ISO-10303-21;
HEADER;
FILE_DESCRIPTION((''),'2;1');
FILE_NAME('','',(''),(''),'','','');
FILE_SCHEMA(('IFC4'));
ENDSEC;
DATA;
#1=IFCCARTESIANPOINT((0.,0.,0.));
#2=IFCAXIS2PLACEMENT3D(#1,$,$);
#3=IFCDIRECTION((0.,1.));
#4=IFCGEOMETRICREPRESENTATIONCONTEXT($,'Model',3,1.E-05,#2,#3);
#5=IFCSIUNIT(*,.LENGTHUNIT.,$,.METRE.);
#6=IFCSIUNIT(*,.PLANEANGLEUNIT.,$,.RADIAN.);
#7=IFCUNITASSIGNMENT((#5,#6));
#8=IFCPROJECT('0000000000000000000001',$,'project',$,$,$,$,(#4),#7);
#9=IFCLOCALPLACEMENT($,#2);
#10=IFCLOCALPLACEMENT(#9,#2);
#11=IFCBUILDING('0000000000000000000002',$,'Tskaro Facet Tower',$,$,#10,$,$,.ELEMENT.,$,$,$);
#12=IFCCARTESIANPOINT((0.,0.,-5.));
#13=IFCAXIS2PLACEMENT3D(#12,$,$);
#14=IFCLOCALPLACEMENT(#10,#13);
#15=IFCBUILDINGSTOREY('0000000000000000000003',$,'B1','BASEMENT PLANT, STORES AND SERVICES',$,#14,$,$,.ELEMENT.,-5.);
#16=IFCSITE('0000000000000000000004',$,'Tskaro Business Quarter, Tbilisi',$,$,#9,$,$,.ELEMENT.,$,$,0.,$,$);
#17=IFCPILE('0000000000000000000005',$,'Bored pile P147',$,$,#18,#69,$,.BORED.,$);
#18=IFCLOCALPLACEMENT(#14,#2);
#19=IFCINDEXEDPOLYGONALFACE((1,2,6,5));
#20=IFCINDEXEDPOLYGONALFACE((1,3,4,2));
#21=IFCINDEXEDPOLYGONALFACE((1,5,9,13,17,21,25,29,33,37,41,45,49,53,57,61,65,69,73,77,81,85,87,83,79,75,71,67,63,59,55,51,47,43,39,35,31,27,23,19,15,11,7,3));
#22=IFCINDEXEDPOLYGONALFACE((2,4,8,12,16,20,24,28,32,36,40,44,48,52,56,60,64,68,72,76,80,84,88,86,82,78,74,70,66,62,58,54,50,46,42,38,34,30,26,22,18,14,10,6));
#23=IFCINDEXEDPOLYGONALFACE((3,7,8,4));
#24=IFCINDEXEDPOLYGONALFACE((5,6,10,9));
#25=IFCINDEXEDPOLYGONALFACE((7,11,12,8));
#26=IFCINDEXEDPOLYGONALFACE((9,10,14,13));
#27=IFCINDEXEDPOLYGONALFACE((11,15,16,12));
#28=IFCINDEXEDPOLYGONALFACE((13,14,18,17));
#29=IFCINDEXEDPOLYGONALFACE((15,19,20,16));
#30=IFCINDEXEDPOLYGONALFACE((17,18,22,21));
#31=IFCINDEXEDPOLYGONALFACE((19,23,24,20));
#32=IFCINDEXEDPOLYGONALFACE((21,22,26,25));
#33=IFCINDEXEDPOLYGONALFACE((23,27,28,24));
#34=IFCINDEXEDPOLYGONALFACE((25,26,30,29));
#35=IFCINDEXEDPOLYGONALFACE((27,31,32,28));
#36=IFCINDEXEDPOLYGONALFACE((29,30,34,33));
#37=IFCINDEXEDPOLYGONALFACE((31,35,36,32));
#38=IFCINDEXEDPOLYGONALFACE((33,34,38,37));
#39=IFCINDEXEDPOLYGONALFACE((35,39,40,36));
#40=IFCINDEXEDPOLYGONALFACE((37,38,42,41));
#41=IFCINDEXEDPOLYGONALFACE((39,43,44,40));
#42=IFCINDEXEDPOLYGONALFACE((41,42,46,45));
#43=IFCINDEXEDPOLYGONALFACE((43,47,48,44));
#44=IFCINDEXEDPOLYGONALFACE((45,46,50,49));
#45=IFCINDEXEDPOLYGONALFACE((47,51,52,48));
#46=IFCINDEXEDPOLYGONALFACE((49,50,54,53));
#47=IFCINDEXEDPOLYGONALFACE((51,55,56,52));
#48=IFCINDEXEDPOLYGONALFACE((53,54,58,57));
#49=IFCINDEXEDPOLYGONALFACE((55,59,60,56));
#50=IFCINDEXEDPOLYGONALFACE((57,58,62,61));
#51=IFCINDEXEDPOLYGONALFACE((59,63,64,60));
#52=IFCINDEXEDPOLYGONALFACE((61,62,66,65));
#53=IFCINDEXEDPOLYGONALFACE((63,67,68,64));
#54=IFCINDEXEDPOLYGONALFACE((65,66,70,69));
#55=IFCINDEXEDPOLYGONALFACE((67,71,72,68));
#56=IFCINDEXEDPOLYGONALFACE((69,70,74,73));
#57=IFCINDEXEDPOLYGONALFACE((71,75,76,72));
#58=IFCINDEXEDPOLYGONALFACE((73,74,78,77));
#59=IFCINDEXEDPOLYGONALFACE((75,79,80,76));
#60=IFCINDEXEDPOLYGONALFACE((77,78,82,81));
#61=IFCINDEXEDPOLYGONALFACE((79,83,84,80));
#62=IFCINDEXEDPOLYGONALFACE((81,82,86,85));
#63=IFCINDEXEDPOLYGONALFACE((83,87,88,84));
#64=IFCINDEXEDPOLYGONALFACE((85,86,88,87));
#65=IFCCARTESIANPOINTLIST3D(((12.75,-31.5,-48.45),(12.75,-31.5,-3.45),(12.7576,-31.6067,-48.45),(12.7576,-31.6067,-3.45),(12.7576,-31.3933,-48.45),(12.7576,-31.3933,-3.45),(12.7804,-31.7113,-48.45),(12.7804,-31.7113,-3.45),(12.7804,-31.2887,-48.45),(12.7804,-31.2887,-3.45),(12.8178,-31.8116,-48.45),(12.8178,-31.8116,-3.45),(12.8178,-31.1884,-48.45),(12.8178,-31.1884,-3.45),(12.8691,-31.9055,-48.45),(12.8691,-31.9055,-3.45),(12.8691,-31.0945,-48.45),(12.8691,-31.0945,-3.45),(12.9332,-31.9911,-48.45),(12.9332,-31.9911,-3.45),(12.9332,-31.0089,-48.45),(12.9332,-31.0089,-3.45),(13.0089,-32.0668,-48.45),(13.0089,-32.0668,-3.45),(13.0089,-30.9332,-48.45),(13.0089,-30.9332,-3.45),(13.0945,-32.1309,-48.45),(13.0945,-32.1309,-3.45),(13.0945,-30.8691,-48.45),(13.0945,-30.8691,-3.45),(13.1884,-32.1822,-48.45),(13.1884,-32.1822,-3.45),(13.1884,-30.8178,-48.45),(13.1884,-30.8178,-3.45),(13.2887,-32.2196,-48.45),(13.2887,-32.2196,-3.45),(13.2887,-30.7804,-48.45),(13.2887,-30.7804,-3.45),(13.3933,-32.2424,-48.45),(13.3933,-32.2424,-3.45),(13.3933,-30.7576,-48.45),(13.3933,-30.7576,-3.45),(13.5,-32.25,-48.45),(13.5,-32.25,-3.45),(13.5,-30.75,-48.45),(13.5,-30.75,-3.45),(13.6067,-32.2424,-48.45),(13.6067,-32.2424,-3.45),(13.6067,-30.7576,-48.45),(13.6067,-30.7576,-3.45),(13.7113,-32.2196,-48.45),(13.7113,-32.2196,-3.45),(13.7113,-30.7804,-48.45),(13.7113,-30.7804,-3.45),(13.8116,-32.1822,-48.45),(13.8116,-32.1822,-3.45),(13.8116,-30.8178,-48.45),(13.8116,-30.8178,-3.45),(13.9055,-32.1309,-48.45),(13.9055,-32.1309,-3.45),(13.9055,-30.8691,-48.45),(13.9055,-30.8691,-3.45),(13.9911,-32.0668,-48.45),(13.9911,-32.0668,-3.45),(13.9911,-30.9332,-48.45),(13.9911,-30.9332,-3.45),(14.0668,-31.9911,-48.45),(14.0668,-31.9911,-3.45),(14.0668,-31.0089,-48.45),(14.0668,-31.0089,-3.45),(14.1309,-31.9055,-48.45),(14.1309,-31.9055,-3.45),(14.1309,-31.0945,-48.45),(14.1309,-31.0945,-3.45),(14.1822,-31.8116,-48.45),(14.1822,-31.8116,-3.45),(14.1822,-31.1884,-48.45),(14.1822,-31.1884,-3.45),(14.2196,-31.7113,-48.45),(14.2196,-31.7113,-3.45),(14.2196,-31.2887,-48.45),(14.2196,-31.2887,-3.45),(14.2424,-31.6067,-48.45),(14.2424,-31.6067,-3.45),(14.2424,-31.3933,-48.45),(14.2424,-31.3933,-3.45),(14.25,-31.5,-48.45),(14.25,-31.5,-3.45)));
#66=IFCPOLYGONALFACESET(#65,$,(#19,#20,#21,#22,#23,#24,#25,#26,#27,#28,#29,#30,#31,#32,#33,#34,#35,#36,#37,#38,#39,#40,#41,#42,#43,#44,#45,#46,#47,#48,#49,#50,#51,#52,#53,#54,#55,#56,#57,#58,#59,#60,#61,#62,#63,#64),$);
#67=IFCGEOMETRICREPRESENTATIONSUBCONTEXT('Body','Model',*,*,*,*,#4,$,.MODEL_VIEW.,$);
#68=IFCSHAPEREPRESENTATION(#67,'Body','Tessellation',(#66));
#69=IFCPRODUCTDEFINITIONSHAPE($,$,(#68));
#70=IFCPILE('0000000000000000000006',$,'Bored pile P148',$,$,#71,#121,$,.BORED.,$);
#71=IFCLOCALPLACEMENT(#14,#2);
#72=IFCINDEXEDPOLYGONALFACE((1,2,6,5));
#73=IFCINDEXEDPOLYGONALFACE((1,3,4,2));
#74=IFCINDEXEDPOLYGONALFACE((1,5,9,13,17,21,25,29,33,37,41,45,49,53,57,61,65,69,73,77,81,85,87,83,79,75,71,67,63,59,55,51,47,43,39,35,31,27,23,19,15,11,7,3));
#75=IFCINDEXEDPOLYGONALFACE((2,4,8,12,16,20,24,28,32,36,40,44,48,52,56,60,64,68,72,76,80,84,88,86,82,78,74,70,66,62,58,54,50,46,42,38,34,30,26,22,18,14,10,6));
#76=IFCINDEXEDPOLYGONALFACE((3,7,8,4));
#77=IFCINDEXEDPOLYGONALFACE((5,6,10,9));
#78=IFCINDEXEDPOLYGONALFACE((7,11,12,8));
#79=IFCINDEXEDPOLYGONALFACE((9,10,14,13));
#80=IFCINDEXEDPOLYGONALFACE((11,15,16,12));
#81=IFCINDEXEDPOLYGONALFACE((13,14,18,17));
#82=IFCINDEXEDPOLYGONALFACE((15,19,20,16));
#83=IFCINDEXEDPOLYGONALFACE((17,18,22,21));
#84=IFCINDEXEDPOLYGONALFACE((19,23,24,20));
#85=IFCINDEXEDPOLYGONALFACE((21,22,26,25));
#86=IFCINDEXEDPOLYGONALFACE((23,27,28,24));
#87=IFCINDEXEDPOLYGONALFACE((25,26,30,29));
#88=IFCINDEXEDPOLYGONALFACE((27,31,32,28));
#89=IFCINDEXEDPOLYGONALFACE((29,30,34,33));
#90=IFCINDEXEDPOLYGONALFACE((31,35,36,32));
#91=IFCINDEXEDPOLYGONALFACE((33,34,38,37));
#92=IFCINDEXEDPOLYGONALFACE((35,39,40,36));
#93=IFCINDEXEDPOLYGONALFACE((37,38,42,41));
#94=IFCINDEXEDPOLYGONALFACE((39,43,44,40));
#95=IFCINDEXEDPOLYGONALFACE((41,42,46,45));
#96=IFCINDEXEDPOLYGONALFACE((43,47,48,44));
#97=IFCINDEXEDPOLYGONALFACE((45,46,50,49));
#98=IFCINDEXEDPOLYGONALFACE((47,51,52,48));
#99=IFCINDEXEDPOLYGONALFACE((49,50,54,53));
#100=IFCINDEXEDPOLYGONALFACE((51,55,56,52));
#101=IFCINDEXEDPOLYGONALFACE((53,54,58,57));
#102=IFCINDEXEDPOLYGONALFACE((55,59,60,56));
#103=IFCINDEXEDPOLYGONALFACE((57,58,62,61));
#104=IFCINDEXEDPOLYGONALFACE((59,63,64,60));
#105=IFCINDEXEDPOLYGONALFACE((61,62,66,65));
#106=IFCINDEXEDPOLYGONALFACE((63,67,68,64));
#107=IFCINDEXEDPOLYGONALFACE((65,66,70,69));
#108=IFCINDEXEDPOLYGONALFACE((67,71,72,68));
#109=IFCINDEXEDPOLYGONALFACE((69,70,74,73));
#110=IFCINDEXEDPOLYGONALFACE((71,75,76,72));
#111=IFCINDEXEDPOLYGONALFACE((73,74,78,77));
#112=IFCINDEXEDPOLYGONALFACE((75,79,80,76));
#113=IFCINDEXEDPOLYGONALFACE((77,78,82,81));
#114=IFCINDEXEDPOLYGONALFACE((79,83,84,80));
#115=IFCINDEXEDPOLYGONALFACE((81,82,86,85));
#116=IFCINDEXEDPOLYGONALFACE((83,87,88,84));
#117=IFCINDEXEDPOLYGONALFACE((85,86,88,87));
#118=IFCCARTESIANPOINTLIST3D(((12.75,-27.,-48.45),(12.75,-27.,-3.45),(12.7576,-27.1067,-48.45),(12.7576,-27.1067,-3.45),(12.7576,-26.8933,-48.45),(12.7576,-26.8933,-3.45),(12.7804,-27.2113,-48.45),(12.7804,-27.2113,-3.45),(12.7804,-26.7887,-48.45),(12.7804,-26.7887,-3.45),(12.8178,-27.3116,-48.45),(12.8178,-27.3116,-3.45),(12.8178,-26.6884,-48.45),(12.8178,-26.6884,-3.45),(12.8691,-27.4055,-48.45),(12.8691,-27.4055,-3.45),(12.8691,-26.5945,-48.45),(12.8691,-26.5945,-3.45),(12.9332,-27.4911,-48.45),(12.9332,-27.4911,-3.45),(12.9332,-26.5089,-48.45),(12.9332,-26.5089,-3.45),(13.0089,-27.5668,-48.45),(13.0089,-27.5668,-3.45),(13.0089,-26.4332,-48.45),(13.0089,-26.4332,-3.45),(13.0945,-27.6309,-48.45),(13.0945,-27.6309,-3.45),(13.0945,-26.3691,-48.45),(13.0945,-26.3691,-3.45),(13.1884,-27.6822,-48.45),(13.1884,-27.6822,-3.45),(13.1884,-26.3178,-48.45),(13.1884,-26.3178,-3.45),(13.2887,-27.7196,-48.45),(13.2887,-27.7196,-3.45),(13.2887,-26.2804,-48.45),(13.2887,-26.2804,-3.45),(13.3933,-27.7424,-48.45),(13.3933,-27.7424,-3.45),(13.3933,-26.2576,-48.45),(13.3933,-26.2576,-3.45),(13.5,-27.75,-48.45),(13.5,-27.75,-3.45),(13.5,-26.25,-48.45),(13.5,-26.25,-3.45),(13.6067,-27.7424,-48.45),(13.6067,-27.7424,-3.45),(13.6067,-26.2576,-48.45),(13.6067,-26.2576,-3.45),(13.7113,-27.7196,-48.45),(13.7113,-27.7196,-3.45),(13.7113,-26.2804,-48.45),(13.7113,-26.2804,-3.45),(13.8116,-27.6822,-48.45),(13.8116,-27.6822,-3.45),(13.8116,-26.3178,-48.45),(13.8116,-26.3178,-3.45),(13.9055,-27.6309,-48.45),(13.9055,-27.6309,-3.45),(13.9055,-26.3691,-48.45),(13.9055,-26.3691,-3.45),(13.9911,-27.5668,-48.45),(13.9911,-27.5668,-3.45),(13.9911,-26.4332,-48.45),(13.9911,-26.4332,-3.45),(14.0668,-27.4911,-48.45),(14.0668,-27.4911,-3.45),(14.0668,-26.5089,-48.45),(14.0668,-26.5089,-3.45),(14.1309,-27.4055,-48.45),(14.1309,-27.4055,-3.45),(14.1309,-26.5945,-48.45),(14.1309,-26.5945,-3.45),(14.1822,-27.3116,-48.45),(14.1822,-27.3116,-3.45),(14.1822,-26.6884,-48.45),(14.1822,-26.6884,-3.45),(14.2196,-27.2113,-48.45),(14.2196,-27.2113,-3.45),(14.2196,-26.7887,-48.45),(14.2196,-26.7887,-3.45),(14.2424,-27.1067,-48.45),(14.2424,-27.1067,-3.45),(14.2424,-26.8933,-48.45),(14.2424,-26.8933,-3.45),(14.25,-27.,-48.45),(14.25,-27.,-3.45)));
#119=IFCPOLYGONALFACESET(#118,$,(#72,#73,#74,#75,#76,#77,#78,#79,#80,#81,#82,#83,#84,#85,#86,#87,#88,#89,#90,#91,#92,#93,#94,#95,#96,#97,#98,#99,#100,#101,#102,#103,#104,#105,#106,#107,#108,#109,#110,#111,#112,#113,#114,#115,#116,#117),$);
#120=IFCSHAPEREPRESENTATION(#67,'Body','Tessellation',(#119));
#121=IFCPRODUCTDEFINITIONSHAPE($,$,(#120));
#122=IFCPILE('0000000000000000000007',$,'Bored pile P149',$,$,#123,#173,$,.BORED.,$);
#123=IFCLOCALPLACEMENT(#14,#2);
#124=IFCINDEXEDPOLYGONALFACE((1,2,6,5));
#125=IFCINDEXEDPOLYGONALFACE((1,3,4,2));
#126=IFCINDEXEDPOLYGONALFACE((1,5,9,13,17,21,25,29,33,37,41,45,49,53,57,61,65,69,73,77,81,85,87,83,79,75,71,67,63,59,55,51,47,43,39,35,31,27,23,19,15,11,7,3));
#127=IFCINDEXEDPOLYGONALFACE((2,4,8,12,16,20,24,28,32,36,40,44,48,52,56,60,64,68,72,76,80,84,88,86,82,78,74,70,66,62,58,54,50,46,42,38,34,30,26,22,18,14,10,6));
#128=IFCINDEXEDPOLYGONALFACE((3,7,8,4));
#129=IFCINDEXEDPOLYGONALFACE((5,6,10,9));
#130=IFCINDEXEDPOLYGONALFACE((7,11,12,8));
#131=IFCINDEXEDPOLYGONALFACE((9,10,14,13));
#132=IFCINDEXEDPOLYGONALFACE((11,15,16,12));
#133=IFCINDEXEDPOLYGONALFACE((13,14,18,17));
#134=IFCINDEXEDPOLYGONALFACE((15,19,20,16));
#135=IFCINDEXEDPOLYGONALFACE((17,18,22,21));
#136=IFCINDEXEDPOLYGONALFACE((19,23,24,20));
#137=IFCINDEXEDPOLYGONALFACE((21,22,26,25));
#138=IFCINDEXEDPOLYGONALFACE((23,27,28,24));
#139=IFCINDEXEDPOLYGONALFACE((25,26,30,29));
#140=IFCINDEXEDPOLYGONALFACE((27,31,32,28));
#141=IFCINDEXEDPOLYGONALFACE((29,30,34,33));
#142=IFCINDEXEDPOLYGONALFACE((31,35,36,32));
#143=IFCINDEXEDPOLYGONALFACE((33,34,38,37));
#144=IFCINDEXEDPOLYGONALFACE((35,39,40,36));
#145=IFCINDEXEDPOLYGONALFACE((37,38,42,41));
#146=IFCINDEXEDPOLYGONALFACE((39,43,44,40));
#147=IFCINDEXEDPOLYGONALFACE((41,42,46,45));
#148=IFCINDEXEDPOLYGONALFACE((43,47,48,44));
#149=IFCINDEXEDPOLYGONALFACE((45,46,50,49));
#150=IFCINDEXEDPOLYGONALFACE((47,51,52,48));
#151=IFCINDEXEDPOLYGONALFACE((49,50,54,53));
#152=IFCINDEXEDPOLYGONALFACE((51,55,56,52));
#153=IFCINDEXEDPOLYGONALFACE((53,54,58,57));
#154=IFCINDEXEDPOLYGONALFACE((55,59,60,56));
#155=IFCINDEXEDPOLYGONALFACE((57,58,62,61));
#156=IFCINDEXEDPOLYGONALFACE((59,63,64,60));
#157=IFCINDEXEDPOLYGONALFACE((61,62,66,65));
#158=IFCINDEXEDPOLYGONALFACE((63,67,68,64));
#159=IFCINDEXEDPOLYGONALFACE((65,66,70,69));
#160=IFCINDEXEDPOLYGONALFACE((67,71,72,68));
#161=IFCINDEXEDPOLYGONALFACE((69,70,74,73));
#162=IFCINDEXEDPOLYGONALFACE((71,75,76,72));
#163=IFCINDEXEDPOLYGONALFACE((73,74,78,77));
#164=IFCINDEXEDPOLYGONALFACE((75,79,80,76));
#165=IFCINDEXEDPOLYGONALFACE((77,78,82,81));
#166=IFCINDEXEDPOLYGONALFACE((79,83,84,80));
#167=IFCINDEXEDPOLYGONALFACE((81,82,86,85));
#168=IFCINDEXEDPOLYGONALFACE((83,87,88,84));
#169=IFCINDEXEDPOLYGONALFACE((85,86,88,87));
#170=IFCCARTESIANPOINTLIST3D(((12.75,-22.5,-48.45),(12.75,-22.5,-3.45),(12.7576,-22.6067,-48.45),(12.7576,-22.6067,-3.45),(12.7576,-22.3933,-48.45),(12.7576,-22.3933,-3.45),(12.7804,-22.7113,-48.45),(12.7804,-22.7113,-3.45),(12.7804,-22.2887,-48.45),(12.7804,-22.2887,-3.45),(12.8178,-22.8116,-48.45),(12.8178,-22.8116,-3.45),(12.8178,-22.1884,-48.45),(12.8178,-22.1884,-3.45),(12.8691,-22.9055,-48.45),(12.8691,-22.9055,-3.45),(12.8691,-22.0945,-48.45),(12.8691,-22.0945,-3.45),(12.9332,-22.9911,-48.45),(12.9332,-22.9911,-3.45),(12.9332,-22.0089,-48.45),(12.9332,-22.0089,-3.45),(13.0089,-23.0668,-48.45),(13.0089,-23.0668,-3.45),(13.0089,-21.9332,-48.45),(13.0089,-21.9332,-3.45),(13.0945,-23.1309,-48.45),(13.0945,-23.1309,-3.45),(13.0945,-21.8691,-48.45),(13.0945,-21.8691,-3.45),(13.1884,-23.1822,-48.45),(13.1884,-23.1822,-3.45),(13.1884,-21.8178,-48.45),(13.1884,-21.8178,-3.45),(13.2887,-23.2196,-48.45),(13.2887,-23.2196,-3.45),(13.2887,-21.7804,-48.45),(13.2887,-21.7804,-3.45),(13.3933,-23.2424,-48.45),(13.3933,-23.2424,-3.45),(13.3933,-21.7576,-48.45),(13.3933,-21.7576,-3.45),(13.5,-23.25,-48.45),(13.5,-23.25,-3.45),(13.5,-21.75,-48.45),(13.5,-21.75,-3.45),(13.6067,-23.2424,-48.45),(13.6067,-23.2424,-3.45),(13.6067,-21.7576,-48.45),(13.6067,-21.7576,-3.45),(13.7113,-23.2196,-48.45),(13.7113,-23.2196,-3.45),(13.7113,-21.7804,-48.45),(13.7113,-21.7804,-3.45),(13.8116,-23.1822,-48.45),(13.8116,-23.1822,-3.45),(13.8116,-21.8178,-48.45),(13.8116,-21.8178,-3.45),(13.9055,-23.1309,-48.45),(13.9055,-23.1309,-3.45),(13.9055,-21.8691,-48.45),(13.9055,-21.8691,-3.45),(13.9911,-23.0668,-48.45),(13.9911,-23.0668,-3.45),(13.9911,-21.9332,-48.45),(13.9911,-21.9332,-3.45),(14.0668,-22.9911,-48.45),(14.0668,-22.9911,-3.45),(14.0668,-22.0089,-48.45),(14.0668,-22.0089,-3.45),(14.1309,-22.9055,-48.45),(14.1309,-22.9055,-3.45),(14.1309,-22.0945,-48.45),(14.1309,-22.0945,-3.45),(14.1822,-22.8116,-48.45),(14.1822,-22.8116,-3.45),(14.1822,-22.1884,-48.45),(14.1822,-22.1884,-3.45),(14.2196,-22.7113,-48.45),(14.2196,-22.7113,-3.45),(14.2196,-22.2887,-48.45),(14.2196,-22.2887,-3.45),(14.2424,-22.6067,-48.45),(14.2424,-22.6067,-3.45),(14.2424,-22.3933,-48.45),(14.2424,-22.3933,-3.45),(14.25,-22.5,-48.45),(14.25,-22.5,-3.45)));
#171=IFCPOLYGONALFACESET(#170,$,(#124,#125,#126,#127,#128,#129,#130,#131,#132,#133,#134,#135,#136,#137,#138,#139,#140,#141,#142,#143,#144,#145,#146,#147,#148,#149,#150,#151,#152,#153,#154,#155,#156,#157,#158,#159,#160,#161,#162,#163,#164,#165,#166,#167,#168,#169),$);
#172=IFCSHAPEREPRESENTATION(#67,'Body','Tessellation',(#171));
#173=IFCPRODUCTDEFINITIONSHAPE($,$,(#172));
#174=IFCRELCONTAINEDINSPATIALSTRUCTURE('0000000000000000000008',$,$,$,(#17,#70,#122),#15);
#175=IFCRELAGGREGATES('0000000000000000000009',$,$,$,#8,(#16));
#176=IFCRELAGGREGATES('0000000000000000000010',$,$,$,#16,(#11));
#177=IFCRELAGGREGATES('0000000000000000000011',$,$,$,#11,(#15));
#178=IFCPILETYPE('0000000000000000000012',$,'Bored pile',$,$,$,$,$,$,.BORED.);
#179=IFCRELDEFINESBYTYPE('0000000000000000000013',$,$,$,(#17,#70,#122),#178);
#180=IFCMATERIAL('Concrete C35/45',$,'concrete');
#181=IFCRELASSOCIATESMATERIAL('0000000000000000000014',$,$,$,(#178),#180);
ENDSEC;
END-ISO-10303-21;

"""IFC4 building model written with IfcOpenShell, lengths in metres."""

from ifc_helpers import new_model, si_unit, direction, frame, origin, origin_2d, place, context, subcontext, project, spatial, circle, extrude, material, material_profile, profile_set, type_object, element, save


model = new_model("IFC4")

# Units and contexts
model_context = context("Model", 3, precision=1e-05, world=origin(), true_north=direction((0.0, 1.0)))
body_context = subcontext(model_context, "Body", "Model", "MODEL_VIEW")
ifc_project = project(units=[si_unit("LENGTHUNIT", "METRE"), si_unit("PLANEANGLEUNIT", "RADIAN")], contexts=[model_context])

# Site, building, storey
site_placement = place(None, origin())
site = spatial("IfcSite", under=ifc_project, at=site_placement, Name="Tskaro Business Quarter, Tbilisi", CompositionType="ELEMENT", RefElevation=0.0)
building_placement = place(site_placement, origin())
building = spatial("IfcBuilding", under=site, at=building_placement, Name="Tskaro Facet Tower", CompositionType="ELEMENT")
storey_placement = place(building_placement, frame((0.0, 0.0, -5.0)))
storey = spatial("IfcBuildingStorey", under=building, at=storey_placement, Name="B1", Description="BASEMENT PLANT, STORES AND SERVICES", CompositionType="ELEMENT", Elevation=-5.0)

# Piles
ifc_material_1 = material(Name="Concrete C35/45", Category="concrete")
ifc_material_profile_1 = material_profile(ifc_material_1, circle(Radius=0.75, at=origin_2d()), Name="Bored pile")
ifc_profile_set_1 = profile_set([ifc_material_profile_1], Name="Concrete C35/45")
pile_type = type_object("IfcPileType", Name="Bored pile", PredefinedType="BORED", material=ifc_profile_set_1)
for number, where, z_axis, x_axis, name in (
    (1, (13.5, -31.5, -3.45), (0.0, 0.0, -1.0), (1.0, 0.0, 0.0), "Bored pile P147"),
    (2, (13.5, -27.0, -3.45), (0.0, 0.0, -1.0), (1.0, 0.0, 0.0), "Bored pile P148"),
    (3, (13.5, -22.5, -3.45), (0.0, 0.0, -1.0), (1.0, 0.0, 0.0), "Bored pile P149"),
):
    element("IfcPile", number, at=place(storey_placement, frame(where, z_axis=z_axis, x_axis=x_axis)), inside=storey, type_object=pile_type, Name=name, PredefinedType="BORED", context=body_context, shape_type="SweptSolid", body=[
        extrude(circle(Radius=0.75, at=origin_2d()), origin(), (0.0, 0.0, 1.0), 45.0),
    ])

save(model, "model.ifc")
